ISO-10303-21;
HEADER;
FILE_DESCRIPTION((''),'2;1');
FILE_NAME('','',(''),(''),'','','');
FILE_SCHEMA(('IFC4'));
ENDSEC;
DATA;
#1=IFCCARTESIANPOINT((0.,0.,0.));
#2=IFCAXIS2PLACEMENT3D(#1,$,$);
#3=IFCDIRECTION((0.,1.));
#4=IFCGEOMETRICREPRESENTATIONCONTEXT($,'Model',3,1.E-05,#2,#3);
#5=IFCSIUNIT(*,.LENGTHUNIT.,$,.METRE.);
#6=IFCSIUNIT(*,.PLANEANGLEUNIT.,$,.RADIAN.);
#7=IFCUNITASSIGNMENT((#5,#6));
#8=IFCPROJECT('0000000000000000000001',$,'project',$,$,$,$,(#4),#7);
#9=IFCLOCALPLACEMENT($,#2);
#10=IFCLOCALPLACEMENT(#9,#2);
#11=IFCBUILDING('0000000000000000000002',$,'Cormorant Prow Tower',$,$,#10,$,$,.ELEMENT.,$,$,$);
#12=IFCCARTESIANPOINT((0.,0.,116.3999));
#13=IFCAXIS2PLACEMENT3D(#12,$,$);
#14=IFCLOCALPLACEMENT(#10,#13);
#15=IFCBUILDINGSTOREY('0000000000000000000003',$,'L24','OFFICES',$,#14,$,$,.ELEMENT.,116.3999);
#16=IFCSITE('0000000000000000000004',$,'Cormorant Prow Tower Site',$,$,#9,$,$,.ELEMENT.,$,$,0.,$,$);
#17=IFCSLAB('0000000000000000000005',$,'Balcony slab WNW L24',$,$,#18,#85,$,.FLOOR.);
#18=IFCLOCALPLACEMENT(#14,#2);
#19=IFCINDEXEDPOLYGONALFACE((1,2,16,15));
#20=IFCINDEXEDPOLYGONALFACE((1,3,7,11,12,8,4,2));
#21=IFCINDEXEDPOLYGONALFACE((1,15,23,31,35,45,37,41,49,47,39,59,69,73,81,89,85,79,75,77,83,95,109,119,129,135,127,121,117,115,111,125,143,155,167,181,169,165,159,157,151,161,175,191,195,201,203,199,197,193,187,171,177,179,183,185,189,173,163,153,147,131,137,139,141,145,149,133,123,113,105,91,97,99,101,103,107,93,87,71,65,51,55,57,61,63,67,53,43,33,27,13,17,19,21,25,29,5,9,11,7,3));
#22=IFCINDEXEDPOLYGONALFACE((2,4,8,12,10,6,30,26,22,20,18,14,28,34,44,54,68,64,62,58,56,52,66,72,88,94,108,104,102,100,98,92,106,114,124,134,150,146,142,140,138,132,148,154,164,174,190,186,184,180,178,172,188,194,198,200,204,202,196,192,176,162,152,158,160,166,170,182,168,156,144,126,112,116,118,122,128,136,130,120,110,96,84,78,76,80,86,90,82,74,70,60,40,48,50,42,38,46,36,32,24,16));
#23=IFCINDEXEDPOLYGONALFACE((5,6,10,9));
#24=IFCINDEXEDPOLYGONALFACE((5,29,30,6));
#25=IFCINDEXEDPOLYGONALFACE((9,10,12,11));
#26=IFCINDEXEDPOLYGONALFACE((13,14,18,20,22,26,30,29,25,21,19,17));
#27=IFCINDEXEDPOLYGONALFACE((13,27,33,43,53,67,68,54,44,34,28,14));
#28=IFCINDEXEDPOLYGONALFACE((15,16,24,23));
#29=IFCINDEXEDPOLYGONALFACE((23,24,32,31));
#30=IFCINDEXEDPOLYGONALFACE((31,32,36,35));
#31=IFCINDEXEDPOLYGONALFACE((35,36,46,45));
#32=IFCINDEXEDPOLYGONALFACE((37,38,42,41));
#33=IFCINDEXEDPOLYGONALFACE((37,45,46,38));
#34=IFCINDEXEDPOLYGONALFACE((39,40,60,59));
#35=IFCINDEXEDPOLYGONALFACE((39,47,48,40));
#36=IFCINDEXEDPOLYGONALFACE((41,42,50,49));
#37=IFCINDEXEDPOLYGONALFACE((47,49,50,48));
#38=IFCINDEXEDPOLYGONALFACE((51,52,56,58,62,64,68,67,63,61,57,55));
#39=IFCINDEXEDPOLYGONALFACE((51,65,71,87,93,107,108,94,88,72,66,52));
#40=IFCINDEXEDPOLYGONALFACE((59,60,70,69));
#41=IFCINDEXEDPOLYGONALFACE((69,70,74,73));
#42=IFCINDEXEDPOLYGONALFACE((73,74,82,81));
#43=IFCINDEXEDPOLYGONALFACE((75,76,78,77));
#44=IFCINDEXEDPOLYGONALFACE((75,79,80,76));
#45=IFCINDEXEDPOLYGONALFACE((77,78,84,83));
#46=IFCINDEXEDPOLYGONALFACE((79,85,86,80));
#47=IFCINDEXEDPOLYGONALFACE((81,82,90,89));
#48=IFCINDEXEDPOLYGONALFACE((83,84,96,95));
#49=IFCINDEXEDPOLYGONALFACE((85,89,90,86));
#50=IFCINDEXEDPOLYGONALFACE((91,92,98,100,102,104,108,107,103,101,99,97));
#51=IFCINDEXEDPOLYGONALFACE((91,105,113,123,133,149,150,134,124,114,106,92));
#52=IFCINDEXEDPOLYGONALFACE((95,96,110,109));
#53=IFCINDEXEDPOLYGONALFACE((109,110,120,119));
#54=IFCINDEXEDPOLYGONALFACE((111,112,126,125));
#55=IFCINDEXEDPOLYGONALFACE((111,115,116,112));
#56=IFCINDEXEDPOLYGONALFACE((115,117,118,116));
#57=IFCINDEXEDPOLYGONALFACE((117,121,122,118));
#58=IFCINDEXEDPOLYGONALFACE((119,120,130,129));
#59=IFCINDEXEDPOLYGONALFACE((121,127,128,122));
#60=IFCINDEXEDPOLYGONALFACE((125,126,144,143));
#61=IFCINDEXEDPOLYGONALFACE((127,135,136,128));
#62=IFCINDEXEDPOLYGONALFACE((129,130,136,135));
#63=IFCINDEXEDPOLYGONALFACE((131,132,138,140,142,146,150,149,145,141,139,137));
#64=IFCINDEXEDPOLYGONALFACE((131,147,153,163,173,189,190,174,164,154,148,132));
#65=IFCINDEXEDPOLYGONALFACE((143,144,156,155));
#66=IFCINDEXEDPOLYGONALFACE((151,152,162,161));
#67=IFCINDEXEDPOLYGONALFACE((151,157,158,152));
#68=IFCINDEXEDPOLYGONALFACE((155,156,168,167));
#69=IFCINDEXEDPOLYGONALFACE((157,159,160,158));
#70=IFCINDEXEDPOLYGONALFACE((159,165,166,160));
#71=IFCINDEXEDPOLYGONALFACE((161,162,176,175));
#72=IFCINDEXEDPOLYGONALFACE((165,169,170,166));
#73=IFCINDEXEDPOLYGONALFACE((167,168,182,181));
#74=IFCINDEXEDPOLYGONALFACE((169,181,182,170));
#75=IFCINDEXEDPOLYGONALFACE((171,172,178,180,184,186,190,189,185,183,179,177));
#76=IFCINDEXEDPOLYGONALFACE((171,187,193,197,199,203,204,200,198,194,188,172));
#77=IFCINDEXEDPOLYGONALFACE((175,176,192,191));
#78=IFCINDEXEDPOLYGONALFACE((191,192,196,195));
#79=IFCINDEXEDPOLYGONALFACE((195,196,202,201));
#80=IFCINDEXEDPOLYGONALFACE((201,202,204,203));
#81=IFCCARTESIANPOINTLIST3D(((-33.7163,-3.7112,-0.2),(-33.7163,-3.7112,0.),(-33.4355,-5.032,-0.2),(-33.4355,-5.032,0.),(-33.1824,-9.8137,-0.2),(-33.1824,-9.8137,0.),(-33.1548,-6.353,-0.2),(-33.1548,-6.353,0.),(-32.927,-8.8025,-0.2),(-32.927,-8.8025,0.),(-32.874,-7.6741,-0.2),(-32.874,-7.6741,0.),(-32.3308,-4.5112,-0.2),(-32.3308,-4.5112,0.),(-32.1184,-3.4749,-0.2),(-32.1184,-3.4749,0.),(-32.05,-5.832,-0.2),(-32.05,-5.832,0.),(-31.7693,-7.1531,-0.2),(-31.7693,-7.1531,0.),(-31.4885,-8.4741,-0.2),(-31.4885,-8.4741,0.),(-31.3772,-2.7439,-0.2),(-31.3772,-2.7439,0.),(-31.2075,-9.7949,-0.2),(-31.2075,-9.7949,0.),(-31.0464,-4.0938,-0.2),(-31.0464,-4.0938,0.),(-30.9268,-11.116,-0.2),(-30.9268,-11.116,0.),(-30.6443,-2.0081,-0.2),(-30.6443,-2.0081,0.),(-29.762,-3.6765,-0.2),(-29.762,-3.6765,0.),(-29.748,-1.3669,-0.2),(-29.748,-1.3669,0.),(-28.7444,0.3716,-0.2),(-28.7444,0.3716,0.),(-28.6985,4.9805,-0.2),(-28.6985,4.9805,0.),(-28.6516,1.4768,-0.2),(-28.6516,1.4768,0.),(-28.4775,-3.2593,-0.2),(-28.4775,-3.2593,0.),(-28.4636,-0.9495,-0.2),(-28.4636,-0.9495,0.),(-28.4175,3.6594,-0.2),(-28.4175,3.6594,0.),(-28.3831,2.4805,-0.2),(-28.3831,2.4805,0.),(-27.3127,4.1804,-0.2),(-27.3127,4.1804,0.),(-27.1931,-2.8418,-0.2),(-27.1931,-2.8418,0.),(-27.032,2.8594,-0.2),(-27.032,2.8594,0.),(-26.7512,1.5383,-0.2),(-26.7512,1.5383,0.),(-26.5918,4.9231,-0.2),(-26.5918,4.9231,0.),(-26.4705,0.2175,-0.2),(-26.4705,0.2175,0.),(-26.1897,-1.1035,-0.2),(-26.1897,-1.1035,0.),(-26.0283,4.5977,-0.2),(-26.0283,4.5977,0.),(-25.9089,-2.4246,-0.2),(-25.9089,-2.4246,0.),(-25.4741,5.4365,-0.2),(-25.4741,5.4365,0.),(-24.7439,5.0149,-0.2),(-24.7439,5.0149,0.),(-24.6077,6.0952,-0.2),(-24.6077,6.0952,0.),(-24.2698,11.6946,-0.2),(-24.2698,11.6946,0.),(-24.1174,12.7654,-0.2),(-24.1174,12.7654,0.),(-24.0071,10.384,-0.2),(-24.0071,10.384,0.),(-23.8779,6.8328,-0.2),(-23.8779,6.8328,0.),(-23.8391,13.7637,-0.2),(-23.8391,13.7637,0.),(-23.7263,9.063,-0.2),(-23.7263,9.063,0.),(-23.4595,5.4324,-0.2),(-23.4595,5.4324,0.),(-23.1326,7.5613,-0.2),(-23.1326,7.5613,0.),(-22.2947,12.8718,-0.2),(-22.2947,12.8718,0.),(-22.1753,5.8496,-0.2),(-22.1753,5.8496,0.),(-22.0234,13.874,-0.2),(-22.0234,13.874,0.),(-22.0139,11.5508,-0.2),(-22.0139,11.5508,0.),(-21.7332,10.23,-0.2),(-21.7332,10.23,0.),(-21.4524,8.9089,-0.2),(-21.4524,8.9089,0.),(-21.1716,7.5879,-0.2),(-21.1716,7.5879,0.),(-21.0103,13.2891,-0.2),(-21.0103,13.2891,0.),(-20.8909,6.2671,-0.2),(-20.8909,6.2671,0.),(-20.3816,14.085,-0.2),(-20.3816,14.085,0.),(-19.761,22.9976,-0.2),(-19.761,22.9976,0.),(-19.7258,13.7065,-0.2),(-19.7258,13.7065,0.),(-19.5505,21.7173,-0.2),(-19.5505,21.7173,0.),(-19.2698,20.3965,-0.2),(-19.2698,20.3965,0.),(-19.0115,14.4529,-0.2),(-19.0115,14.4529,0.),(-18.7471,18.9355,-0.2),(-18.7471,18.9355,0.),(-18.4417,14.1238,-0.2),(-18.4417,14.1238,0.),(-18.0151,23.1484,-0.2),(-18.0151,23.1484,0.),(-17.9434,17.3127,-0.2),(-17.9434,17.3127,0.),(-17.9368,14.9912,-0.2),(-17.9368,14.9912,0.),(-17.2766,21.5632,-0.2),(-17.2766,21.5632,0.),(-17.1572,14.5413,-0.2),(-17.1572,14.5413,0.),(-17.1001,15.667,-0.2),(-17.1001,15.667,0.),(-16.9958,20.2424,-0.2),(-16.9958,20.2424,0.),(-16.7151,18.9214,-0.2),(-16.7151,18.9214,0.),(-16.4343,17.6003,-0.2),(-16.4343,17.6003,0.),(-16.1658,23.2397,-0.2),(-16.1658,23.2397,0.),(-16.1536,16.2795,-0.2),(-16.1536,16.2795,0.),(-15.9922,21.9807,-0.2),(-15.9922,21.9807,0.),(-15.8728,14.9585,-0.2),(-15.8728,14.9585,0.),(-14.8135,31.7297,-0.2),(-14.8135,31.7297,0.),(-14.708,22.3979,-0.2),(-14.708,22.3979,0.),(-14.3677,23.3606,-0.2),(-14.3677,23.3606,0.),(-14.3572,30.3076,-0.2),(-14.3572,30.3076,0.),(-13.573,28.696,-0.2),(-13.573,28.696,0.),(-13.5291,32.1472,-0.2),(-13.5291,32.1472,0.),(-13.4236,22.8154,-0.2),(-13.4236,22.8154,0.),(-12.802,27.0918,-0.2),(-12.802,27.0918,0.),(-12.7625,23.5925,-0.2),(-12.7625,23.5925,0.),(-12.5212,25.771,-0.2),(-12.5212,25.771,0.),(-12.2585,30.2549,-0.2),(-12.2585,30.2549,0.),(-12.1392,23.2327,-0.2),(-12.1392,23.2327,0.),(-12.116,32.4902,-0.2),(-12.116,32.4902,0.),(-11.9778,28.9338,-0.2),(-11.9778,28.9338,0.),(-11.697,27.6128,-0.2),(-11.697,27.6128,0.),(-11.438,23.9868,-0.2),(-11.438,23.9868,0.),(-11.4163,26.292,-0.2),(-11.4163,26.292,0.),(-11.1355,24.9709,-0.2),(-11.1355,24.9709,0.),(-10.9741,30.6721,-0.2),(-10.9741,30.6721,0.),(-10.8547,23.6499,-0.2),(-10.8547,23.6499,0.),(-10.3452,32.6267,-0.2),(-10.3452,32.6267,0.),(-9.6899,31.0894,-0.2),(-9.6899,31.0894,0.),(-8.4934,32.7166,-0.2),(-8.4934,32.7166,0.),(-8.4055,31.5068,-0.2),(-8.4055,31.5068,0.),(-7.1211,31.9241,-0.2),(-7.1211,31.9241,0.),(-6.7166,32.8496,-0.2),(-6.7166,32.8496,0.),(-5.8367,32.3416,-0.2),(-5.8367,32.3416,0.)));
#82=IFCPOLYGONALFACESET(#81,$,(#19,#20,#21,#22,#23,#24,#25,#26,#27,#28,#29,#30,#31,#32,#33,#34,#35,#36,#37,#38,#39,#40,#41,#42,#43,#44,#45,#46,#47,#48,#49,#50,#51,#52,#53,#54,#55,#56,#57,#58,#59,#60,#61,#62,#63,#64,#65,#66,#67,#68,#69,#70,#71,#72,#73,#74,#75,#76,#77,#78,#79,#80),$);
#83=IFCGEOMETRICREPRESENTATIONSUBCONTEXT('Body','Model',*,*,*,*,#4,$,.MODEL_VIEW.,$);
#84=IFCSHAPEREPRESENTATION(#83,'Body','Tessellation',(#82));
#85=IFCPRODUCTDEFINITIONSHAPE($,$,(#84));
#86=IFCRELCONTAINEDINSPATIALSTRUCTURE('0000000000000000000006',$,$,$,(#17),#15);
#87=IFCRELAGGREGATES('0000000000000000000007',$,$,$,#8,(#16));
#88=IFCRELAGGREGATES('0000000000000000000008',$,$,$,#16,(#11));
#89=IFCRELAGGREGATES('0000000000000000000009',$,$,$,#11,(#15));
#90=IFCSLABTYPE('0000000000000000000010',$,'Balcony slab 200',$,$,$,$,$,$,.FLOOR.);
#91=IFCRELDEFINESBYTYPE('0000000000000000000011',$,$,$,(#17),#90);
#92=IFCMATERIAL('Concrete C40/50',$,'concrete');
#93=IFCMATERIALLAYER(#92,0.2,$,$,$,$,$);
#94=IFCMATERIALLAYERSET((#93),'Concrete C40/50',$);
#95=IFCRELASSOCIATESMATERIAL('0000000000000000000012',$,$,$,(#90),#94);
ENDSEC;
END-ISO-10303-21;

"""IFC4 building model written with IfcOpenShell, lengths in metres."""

from ifc_helpers import new_model, si_unit, direction, frame, origin, place, context, subcontext, project, spatial, polyline, outline, extrude, material, layer, layer_set, type_object, element, save


model = new_model("IFC4")

# Units and contexts
model_context = context("Model", 3, precision=1e-05, world=origin(), true_north=direction((0.0, 1.0)))
body_context = subcontext(model_context, "Body", "Model", "MODEL_VIEW")
ifc_project = project(units=[si_unit("LENGTHUNIT", "METRE"), si_unit("PLANEANGLEUNIT", "RADIAN")], contexts=[model_context])

# Site, building, storey
site_placement = place(None, origin())
site = spatial("IfcSite", under=ifc_project, at=site_placement, Name="Cormorant Prow Tower Site", CompositionType="ELEMENT", RefElevation=0.0)
building_placement = place(site_placement, origin())
building = spatial("IfcBuilding", under=site, at=building_placement, Name="Cormorant Prow Tower", CompositionType="ELEMENT")
storey_placement = place(building_placement, frame((0.0, 0.0, 116.3999)))
storey = spatial("IfcBuildingStorey", under=building, at=storey_placement, Name="L24", Description="OFFICES", CompositionType="ELEMENT", Elevation=116.3999)

# Slab
ifc_material_1 = material(Name="Concrete C40/50", Category="concrete")
ifc_layer_1 = layer(ifc_material_1, 0.2)
ifc_layer_set_1 = layer_set([ifc_layer_1], Name="Concrete C40/50")
slab_type_1 = type_object("IfcSlabType", Name="Balcony slab 200", PredefinedType="FLOOR", material=ifc_layer_set_1)
slab_1_placement = place(storey_placement, frame((0.0, 0.0, -0.2)))
element("IfcSlab", 1, at=slab_1_placement, inside=storey, type_object=slab_type_1, Name="Balcony slab WNW L24", PredefinedType="FLOOR", context=body_context, shape_type="SweptSolid", body=[
    extrude(outline(polyline([(-5.8367, 32.3416), (-6.7166, 32.8496), (-8.4934, 32.7166), (-10.3452, 32.6267), (-12.116, 32.4902), (-13.5291, 32.1472), (-14.8135, 31.7297), (-14.3572, 30.3076), (-13.573, 28.696), (-12.802, 27.0918), (-12.5212, 25.771), (-11.438, 23.9868), (-12.7625, 23.5925), (-14.3677, 23.3606), (-16.1658, 23.2397), (-18.0151, 23.1484), (-19.761, 22.9976), (-19.5505, 21.7173), (-19.2698, 20.3965), (-18.7471, 18.9355), (-17.9434, 17.3127), (-17.1001, 15.667), (-17.9368, 14.9912), (-19.0115, 14.4529), (-20.3816, 14.085), (-22.0234, 13.874), (-23.8391, 13.7637), (-24.1174, 12.7654), (-24.2698, 11.6946), (-24.0071, 10.384), (-23.7263, 9.063), (-23.1326, 7.5613), (-23.8779, 6.8328), (-24.6077, 6.0952), (-25.4741, 5.4365), (-26.5918, 4.9231), (-28.6985, 4.9805), (-28.4175, 3.6594), (-28.3831, 2.4805), (-28.6516, 1.4768), (-28.7444, 0.3716), (-28.4636, -0.9495), (-29.748, -1.3669), (-30.6443, -2.0081), (-31.3772, -2.7439), (-32.1184, -3.4749), (-33.7163, -3.7112), (-33.4355, -5.032), (-33.1548, -6.353), (-32.874, -7.6741), (-32.927, -8.8025), (-33.1824, -9.8137), (-30.9268, -11.116), (-31.2075, -9.7949), (-31.4885, -8.4741), (-31.7693, -7.1531), (-32.05, -5.832), (-32.3308, -4.5112), (-31.0464, -4.0938), (-29.762, -3.6765), (-28.4775, -3.2593), (-27.1931, -2.8418), (-25.9089, -2.4246), (-26.1897, -1.1035), (-26.4705, 0.2175), (-26.7512, 1.5383), (-27.032, 2.8594), (-27.3127, 4.1804), (-26.0283, 4.5977), (-24.7439, 5.0149), (-23.4595, 5.4324), (-22.1753, 5.8496), (-20.8909, 6.2671), (-21.1716, 7.5879), (-21.4524, 8.9089), (-21.7332, 10.23), (-22.0139, 11.5508), (-22.2947, 12.8718), (-21.0103, 13.2891), (-19.7258, 13.7065), (-18.4417, 14.1238), (-17.1572, 14.5413), (-15.8728, 14.9585), (-16.1536, 16.2795), (-16.4343, 17.6003), (-16.7151, 18.9214), (-16.9958, 20.2424), (-17.2766, 21.5632), (-15.9922, 21.9807), (-14.708, 22.3979), (-13.4236, 22.8154), (-12.1392, 23.2327), (-10.8547, 23.6499), (-11.1355, 24.9709), (-11.4163, 26.292), (-11.697, 27.6128), (-11.9778, 28.9338), (-12.2585, 30.2549), (-10.9741, 30.6721), (-9.6899, 31.0894), (-8.4055, 31.5068), (-7.1211, 31.9241), (-5.8367, 32.3416)])), origin(), (0.0, 0.0, 1.0), 0.2),
])

save(model, "model.ifc")
